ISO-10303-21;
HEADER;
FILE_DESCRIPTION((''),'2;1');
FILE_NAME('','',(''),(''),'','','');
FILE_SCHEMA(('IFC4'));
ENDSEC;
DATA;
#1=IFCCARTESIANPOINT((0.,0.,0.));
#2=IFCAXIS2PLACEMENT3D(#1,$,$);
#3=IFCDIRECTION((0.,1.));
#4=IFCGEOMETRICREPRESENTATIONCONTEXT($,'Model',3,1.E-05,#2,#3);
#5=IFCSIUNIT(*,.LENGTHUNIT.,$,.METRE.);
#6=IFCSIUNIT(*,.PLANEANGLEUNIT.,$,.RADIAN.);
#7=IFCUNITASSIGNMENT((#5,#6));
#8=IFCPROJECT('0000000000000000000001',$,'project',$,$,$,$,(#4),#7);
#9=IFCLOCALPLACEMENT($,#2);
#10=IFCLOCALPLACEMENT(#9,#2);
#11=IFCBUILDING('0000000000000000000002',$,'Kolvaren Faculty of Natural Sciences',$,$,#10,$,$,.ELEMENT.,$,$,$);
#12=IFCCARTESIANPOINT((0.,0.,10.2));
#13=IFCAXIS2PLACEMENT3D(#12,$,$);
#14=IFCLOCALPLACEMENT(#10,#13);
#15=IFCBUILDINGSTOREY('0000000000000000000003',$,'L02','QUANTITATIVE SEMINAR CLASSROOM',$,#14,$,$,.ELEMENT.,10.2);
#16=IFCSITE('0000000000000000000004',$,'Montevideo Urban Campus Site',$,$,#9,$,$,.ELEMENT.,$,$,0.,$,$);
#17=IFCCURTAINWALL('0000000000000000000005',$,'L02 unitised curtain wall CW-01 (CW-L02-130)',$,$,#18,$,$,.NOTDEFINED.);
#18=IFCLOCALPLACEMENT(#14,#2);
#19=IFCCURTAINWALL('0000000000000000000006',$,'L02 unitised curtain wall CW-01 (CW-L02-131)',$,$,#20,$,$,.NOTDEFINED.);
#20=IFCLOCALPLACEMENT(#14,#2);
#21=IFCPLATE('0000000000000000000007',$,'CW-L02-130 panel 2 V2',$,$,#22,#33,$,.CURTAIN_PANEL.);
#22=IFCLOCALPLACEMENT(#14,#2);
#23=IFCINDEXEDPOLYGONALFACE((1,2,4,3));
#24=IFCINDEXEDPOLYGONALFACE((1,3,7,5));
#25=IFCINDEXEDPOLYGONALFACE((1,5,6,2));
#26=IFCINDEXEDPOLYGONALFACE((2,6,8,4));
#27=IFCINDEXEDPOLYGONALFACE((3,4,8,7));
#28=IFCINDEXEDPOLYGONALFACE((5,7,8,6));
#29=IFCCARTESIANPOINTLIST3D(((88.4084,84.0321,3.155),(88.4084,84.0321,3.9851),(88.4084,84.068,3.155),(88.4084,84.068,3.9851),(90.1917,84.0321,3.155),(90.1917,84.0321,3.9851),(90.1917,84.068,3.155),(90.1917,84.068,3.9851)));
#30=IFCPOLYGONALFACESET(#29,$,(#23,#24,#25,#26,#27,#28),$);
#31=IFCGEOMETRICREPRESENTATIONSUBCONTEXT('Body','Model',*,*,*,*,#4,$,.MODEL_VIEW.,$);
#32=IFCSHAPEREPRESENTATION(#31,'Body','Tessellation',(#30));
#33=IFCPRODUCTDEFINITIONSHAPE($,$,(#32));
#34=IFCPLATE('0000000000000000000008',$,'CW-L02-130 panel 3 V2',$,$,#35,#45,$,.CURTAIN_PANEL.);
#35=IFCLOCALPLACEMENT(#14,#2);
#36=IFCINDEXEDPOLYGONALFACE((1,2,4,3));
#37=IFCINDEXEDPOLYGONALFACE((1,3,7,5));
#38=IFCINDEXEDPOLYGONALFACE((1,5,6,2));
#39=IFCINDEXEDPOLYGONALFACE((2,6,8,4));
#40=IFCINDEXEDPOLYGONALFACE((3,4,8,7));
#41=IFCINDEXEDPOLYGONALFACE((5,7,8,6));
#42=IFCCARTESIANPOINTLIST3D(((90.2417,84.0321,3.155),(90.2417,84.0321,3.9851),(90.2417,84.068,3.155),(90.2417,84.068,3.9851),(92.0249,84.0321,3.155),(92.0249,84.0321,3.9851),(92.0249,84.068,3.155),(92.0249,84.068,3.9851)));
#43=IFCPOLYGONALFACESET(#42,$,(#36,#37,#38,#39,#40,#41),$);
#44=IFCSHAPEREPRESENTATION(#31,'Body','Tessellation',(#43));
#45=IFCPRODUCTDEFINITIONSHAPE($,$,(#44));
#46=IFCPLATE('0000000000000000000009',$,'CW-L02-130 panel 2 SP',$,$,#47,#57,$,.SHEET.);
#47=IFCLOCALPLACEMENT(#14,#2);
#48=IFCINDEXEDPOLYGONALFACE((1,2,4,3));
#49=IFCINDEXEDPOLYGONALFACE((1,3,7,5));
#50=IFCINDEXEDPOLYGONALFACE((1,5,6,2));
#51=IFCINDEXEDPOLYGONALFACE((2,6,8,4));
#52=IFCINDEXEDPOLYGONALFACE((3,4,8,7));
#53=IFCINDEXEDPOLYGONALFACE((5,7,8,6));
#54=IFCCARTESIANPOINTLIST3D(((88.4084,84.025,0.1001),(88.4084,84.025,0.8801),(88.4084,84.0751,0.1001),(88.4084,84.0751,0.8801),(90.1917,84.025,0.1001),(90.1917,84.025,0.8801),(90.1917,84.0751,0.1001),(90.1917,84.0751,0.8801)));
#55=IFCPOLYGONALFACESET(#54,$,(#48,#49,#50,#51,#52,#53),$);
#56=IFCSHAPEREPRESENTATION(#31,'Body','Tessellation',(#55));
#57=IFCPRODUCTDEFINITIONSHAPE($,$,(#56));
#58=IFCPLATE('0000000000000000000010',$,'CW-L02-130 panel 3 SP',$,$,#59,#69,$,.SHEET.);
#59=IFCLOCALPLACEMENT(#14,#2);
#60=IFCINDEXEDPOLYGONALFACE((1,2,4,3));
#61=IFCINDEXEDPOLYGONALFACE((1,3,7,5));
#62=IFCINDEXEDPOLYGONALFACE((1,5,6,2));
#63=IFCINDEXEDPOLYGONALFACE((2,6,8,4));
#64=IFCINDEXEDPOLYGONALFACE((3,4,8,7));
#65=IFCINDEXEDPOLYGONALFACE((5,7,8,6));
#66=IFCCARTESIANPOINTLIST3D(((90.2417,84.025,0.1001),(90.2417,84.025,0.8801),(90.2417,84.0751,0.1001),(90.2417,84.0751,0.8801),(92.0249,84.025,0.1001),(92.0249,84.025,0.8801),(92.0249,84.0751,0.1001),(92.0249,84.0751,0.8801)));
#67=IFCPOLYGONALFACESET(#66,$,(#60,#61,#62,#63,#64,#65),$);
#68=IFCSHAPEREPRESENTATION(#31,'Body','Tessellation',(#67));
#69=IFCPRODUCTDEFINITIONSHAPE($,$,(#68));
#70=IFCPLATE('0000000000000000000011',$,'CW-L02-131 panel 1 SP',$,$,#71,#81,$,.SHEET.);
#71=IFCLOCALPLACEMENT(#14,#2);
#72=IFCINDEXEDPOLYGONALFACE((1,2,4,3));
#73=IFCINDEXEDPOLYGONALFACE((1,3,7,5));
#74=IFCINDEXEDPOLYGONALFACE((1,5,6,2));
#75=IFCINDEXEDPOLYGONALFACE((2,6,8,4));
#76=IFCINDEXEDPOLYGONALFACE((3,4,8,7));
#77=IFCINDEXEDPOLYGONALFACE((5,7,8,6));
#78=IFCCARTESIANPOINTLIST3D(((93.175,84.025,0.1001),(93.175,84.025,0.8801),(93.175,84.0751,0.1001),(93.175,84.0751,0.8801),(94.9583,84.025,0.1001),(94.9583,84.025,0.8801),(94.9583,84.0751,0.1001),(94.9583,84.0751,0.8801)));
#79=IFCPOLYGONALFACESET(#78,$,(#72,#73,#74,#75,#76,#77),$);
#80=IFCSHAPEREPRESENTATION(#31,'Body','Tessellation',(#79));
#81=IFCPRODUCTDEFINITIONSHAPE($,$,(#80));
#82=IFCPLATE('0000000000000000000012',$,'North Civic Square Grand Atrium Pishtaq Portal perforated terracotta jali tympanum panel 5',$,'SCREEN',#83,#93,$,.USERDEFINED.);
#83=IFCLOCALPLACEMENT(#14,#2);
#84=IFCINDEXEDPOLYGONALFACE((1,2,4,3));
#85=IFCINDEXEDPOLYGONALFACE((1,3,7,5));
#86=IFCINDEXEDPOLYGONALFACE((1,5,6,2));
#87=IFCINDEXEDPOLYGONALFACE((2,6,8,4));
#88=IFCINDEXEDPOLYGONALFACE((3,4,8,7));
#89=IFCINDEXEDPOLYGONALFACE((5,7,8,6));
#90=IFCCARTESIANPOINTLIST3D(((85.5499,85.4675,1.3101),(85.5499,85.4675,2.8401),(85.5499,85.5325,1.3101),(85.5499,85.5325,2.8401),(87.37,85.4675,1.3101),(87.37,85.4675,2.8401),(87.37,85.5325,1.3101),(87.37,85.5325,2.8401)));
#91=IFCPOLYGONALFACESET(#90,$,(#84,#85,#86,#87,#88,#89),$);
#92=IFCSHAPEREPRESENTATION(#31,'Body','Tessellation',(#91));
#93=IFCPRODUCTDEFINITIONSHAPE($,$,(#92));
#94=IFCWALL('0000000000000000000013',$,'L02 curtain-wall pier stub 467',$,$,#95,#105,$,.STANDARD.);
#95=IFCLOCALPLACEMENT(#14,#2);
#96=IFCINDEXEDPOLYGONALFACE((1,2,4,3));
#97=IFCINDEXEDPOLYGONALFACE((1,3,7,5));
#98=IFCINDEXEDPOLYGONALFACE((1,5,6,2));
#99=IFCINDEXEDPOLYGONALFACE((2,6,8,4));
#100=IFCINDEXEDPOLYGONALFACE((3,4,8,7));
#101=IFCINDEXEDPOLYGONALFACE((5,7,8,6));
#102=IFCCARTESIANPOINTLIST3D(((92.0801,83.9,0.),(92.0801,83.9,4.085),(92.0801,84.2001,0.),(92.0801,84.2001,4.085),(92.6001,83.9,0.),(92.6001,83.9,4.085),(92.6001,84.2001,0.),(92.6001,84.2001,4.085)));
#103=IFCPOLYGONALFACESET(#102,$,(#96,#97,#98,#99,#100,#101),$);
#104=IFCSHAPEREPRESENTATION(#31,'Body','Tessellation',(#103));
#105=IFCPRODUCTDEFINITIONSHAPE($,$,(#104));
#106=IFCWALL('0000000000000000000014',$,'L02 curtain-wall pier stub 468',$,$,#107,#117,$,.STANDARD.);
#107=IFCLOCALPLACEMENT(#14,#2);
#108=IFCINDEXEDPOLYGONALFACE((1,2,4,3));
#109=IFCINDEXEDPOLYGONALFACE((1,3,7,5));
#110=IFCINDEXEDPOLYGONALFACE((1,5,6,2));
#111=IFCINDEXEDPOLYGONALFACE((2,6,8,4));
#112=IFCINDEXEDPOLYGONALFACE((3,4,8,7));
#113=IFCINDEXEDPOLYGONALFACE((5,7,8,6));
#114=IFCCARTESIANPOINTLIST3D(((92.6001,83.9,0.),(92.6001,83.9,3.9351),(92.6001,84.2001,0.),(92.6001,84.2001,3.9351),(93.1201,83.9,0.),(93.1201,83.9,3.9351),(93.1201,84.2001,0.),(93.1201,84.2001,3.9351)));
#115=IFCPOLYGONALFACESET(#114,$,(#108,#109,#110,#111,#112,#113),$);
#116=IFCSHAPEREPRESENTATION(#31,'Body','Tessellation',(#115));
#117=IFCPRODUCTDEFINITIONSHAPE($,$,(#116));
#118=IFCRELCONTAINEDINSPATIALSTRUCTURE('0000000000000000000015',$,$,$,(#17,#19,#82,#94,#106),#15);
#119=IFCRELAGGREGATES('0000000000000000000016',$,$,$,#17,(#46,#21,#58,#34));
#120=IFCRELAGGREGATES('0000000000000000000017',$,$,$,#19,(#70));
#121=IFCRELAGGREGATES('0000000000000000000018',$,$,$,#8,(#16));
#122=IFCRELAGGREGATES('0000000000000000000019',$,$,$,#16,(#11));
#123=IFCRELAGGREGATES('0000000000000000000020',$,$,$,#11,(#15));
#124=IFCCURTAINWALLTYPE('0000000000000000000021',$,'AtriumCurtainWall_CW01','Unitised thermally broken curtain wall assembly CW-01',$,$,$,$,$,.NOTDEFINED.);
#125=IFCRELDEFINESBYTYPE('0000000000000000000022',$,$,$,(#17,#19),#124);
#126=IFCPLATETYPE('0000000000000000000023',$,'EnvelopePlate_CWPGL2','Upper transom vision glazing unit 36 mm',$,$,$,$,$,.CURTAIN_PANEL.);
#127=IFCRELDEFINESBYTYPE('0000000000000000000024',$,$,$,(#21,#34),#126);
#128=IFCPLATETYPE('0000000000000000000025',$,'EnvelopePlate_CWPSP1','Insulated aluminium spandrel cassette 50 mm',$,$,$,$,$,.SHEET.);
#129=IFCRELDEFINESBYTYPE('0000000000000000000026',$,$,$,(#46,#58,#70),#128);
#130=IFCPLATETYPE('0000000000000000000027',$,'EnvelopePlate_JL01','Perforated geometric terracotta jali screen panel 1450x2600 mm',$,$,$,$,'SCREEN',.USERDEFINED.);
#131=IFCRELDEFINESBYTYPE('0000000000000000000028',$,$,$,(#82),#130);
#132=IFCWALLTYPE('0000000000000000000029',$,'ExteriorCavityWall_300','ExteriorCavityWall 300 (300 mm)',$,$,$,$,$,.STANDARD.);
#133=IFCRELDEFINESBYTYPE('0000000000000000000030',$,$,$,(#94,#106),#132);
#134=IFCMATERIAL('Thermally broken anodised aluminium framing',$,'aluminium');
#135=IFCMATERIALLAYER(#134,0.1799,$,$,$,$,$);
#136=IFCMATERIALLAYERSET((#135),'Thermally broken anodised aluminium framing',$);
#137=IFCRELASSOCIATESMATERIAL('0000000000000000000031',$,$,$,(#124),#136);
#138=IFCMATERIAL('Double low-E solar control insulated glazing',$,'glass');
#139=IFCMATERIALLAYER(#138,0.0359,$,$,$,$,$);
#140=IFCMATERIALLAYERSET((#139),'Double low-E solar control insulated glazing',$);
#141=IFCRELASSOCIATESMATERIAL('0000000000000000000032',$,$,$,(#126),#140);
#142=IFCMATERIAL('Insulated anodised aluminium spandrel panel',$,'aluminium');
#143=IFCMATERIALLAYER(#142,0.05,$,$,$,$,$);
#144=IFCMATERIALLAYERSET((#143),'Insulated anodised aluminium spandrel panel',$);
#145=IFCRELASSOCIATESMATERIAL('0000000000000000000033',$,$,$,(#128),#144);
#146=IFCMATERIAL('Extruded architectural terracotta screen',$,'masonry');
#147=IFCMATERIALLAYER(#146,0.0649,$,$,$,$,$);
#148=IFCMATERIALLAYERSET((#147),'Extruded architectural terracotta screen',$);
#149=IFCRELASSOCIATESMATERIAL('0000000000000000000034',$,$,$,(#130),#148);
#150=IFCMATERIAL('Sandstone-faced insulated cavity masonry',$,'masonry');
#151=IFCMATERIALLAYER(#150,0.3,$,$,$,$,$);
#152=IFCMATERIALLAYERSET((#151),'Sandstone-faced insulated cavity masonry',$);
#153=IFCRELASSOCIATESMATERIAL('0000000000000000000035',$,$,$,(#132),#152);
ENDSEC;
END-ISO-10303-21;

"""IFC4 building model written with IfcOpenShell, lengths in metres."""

from ifc_helpers import new_model, si_unit, direction, frame, frame_2d, origin, origin_2d, place, context, subcontext, project, spatial, rectangle, extrude, material, layer, layer_set, type_object, element, aggregate, save


model = new_model("IFC4")

# Units and contexts
model_context = context("Model", 3, precision=1e-05, world=origin(), true_north=direction((0.0, 1.0)))
body_context = subcontext(model_context, "Body", "Model", "MODEL_VIEW")
ifc_project = project(units=[si_unit("LENGTHUNIT", "METRE"), si_unit("PLANEANGLEUNIT", "RADIAN")], contexts=[model_context])

# Site, building, storey
site_placement = place(None, origin())
site = spatial("IfcSite", under=ifc_project, at=site_placement, Name="Montevideo Urban Campus Site", CompositionType="ELEMENT", RefElevation=0.0)
building_placement = place(site_placement, origin())
building = spatial("IfcBuilding", under=site, at=building_placement, Name="Kolvaren Faculty of Natural Sciences", CompositionType="ELEMENT")
storey_placement = place(building_placement, frame((0.0, 0.0, 10.2)))
storey = spatial("IfcBuildingStorey", under=building, at=storey_placement, Name="L02", Description="QUANTITATIVE SEMINAR CLASSROOM", CompositionType="ELEMENT", Elevation=10.2)

# Curtain walls
ifc_material_1 = material(Name="Thermally broken anodised aluminium framing", Category="aluminium")
ifc_layer_1 = layer(ifc_material_1, 0.1799)
ifc_layer_set_1 = layer_set([ifc_layer_1], Name="Thermally broken anodised aluminium framing")
curtain_wall_type = type_object("IfcCurtainWallType", Name="AtriumCurtainWall_CW01", Description="Unitised thermally broken curtain wall assembly CW-01", PredefinedType="NOTDEFINED", material=ifc_layer_set_1)
curtain_wall_1_placement = place(storey_placement, origin())
curtain_wall_1 = element("IfcCurtainWall", 1, at=curtain_wall_1_placement, inside=storey, type_object=curtain_wall_type, Name="L02 unitised curtain wall CW-01 (CW-L02-130)", PredefinedType="NOTDEFINED")
curtain_wall_2_placement = place(storey_placement, origin())
curtain_wall_2 = element("IfcCurtainWall", 2, at=curtain_wall_2_placement, inside=storey, type_object=curtain_wall_type, Name="L02 unitised curtain wall CW-01 (CW-L02-131)", PredefinedType="NOTDEFINED")

# Plates
ifc_material_2 = material(Name="Double low-E solar control insulated glazing", Category="glass")
ifc_layer_2 = layer(ifc_material_2, 0.0359)
ifc_layer_set_2 = layer_set([ifc_layer_2], Name="Double low-E solar control insulated glazing")
plate_type_1 = type_object("IfcPlateType", Name="EnvelopePlate_CWPGL2", Description="Upper transom vision glazing unit 36 mm", PredefinedType="CURTAIN_PANEL", material=ifc_layer_set_2)
plate_1_placement = place(storey_placement, frame((89.3, 84.05, 3.155), z_axis=(0.0, 0.0, 1.0), x_axis=(1.0, 0.0, 0.0)))
plate_1 = element("IfcPlate", 3, at=plate_1_placement, type_object=plate_type_1, Name="CW-L02-130 panel 2 V2", PredefinedType="CURTAIN_PANEL", context=body_context, shape_type="SweptSolid", body=[
    extrude(rectangle(XDim=1.7832, YDim=0.0359, at=origin_2d()), origin(), (0.0, 0.0, 1.0), 0.8301),
])
plate_2_placement = place(storey_placement, frame((91.1333, 84.05, 3.155), z_axis=(0.0, 0.0, 1.0), x_axis=(1.0, 0.0, 0.0)))
plate_2 = element("IfcPlate", 4, at=plate_2_placement, type_object=plate_type_1, Name="CW-L02-130 panel 3 V2", PredefinedType="CURTAIN_PANEL", context=body_context, shape_type="SweptSolid", body=[
    extrude(rectangle(XDim=1.7832, YDim=0.0359, at=origin_2d()), origin(), (0.0, 0.0, 1.0), 0.8301),
])
ifc_material_3 = material(Name="Insulated anodised aluminium spandrel panel", Category="aluminium")
ifc_layer_3 = layer(ifc_material_3, 0.05)
ifc_layer_set_3 = layer_set([ifc_layer_3], Name="Insulated anodised aluminium spandrel panel")
plate_type_2 = type_object("IfcPlateType", Name="EnvelopePlate_CWPSP1", Description="Insulated aluminium spandrel cassette 50 mm", PredefinedType="SHEET", material=ifc_layer_set_3)
plate_3_placement = place(storey_placement, frame((89.3, 84.05, 0.1001), z_axis=(0.0, 0.0, 1.0), x_axis=(1.0, 0.0, 0.0)))
plate_3 = element("IfcPlate", 5, at=plate_3_placement, type_object=plate_type_2, Name="CW-L02-130 panel 2 SP", PredefinedType="SHEET", context=body_context, shape_type="SweptSolid", body=[
    extrude(rectangle(XDim=1.7832, YDim=0.05, at=origin_2d()), origin(), (0.0, 0.0, 1.0), 0.78),
])
plate_4_placement = place(storey_placement, frame((91.1333, 84.05, 0.1001), z_axis=(0.0, 0.0, 1.0), x_axis=(1.0, 0.0, 0.0)))
plate_4 = element("IfcPlate", 6, at=plate_4_placement, type_object=plate_type_2, Name="CW-L02-130 panel 3 SP", PredefinedType="SHEET", context=body_context, shape_type="SweptSolid", body=[
    extrude(rectangle(XDim=1.7832, YDim=0.05, at=origin_2d()), origin(), (0.0, 0.0, 1.0), 0.78),
])
aggregate(curtain_wall_1, [plate_3, plate_1, plate_4, plate_2])
plate_5_placement = place(storey_placement, frame((94.0667, 84.05, 0.1001), z_axis=(0.0, 0.0, 1.0), x_axis=(1.0, 0.0, 0.0)))
plate_5 = element("IfcPlate", 7, at=plate_5_placement, type_object=plate_type_2, Name="CW-L02-131 panel 1 SP", PredefinedType="SHEET", context=body_context, shape_type="SweptSolid", body=[
    extrude(rectangle(XDim=1.7832, YDim=0.05, at=origin_2d()), origin(), (0.0, 0.0, 1.0), 0.78),
])
aggregate(curtain_wall_2, [plate_5])
ifc_material_4 = material(Name="Extruded architectural terracotta screen", Category="masonry")
ifc_layer_4 = layer(ifc_material_4, 0.0649)
ifc_layer_set_4 = layer_set([ifc_layer_4], Name="Extruded architectural terracotta screen")
plate_type_3 = type_object("IfcPlateType", Name="EnvelopePlate_JL01", Description="Perforated geometric terracotta jali screen panel 1450x2600 mm", ElementType="SCREEN", PredefinedType="USERDEFINED", material=ifc_layer_set_4)
plate_6_placement = place(storey_placement, frame((86.46, 85.5, 1.3101), z_axis=(0.0, 0.0, 1.0), x_axis=(1.0, 0.0, 0.0)))
element("IfcPlate", 8, at=plate_6_placement, inside=storey, type_object=plate_type_3, Name="North Civic Square Grand Atrium Pishtaq Portal perforated terracotta jali tympanum panel 5", ObjectType="SCREEN", PredefinedType="USERDEFINED", context=body_context, shape_type="SweptSolid", body=[
    extrude(rectangle(XDim=1.8201, YDim=0.0649, at=origin_2d()), origin(), (0.0, 0.0, 1.0), 1.53),
])

# Walls
ifc_material_5 = material(Name="Sandstone-faced insulated cavity masonry", Category="masonry")
ifc_layer_5 = layer(ifc_material_5, 0.3)
ifc_layer_set_5 = layer_set([ifc_layer_5], Name="Sandstone-faced insulated cavity masonry")
wall_type = type_object("IfcWallType", Name="ExteriorCavityWall_300", Description="ExteriorCavityWall 300 (300 mm)", PredefinedType="STANDARD", material=ifc_layer_set_5)
wall_1_placement = place(storey_placement, frame((92.0801, 84.05, 0.0), z_axis=(0.0, 0.0, 1.0), x_axis=(1.0, 0.0, 0.0)))
element("IfcWall", 9, at=wall_1_placement, inside=storey, type_object=wall_type, Name="L02 curtain-wall pier stub 467", PredefinedType="STANDARD", context=body_context, shape_type="SweptSolid", body=[
    extrude(rectangle(XDim=0.52, YDim=0.3, at=frame_2d((0.26, 0.0))), origin(), (0.0, 0.0, 1.0), 4.085),
])
wall_2_placement = place(storey_placement, frame((92.6001, 84.05, 0.0), z_axis=(0.0, 0.0, 1.0), x_axis=(1.0, 0.0, 0.0)))
element("IfcWall", 10, at=wall_2_placement, inside=storey, type_object=wall_type, Name="L02 curtain-wall pier stub 468", PredefinedType="STANDARD", context=body_context, shape_type="SweptSolid", body=[
    extrude(rectangle(XDim=0.52, YDim=0.3, at=frame_2d((0.26, 0.0))), origin(), (0.0, 0.0, 1.0), 3.9351),
])

save(model, "model.ifc")
